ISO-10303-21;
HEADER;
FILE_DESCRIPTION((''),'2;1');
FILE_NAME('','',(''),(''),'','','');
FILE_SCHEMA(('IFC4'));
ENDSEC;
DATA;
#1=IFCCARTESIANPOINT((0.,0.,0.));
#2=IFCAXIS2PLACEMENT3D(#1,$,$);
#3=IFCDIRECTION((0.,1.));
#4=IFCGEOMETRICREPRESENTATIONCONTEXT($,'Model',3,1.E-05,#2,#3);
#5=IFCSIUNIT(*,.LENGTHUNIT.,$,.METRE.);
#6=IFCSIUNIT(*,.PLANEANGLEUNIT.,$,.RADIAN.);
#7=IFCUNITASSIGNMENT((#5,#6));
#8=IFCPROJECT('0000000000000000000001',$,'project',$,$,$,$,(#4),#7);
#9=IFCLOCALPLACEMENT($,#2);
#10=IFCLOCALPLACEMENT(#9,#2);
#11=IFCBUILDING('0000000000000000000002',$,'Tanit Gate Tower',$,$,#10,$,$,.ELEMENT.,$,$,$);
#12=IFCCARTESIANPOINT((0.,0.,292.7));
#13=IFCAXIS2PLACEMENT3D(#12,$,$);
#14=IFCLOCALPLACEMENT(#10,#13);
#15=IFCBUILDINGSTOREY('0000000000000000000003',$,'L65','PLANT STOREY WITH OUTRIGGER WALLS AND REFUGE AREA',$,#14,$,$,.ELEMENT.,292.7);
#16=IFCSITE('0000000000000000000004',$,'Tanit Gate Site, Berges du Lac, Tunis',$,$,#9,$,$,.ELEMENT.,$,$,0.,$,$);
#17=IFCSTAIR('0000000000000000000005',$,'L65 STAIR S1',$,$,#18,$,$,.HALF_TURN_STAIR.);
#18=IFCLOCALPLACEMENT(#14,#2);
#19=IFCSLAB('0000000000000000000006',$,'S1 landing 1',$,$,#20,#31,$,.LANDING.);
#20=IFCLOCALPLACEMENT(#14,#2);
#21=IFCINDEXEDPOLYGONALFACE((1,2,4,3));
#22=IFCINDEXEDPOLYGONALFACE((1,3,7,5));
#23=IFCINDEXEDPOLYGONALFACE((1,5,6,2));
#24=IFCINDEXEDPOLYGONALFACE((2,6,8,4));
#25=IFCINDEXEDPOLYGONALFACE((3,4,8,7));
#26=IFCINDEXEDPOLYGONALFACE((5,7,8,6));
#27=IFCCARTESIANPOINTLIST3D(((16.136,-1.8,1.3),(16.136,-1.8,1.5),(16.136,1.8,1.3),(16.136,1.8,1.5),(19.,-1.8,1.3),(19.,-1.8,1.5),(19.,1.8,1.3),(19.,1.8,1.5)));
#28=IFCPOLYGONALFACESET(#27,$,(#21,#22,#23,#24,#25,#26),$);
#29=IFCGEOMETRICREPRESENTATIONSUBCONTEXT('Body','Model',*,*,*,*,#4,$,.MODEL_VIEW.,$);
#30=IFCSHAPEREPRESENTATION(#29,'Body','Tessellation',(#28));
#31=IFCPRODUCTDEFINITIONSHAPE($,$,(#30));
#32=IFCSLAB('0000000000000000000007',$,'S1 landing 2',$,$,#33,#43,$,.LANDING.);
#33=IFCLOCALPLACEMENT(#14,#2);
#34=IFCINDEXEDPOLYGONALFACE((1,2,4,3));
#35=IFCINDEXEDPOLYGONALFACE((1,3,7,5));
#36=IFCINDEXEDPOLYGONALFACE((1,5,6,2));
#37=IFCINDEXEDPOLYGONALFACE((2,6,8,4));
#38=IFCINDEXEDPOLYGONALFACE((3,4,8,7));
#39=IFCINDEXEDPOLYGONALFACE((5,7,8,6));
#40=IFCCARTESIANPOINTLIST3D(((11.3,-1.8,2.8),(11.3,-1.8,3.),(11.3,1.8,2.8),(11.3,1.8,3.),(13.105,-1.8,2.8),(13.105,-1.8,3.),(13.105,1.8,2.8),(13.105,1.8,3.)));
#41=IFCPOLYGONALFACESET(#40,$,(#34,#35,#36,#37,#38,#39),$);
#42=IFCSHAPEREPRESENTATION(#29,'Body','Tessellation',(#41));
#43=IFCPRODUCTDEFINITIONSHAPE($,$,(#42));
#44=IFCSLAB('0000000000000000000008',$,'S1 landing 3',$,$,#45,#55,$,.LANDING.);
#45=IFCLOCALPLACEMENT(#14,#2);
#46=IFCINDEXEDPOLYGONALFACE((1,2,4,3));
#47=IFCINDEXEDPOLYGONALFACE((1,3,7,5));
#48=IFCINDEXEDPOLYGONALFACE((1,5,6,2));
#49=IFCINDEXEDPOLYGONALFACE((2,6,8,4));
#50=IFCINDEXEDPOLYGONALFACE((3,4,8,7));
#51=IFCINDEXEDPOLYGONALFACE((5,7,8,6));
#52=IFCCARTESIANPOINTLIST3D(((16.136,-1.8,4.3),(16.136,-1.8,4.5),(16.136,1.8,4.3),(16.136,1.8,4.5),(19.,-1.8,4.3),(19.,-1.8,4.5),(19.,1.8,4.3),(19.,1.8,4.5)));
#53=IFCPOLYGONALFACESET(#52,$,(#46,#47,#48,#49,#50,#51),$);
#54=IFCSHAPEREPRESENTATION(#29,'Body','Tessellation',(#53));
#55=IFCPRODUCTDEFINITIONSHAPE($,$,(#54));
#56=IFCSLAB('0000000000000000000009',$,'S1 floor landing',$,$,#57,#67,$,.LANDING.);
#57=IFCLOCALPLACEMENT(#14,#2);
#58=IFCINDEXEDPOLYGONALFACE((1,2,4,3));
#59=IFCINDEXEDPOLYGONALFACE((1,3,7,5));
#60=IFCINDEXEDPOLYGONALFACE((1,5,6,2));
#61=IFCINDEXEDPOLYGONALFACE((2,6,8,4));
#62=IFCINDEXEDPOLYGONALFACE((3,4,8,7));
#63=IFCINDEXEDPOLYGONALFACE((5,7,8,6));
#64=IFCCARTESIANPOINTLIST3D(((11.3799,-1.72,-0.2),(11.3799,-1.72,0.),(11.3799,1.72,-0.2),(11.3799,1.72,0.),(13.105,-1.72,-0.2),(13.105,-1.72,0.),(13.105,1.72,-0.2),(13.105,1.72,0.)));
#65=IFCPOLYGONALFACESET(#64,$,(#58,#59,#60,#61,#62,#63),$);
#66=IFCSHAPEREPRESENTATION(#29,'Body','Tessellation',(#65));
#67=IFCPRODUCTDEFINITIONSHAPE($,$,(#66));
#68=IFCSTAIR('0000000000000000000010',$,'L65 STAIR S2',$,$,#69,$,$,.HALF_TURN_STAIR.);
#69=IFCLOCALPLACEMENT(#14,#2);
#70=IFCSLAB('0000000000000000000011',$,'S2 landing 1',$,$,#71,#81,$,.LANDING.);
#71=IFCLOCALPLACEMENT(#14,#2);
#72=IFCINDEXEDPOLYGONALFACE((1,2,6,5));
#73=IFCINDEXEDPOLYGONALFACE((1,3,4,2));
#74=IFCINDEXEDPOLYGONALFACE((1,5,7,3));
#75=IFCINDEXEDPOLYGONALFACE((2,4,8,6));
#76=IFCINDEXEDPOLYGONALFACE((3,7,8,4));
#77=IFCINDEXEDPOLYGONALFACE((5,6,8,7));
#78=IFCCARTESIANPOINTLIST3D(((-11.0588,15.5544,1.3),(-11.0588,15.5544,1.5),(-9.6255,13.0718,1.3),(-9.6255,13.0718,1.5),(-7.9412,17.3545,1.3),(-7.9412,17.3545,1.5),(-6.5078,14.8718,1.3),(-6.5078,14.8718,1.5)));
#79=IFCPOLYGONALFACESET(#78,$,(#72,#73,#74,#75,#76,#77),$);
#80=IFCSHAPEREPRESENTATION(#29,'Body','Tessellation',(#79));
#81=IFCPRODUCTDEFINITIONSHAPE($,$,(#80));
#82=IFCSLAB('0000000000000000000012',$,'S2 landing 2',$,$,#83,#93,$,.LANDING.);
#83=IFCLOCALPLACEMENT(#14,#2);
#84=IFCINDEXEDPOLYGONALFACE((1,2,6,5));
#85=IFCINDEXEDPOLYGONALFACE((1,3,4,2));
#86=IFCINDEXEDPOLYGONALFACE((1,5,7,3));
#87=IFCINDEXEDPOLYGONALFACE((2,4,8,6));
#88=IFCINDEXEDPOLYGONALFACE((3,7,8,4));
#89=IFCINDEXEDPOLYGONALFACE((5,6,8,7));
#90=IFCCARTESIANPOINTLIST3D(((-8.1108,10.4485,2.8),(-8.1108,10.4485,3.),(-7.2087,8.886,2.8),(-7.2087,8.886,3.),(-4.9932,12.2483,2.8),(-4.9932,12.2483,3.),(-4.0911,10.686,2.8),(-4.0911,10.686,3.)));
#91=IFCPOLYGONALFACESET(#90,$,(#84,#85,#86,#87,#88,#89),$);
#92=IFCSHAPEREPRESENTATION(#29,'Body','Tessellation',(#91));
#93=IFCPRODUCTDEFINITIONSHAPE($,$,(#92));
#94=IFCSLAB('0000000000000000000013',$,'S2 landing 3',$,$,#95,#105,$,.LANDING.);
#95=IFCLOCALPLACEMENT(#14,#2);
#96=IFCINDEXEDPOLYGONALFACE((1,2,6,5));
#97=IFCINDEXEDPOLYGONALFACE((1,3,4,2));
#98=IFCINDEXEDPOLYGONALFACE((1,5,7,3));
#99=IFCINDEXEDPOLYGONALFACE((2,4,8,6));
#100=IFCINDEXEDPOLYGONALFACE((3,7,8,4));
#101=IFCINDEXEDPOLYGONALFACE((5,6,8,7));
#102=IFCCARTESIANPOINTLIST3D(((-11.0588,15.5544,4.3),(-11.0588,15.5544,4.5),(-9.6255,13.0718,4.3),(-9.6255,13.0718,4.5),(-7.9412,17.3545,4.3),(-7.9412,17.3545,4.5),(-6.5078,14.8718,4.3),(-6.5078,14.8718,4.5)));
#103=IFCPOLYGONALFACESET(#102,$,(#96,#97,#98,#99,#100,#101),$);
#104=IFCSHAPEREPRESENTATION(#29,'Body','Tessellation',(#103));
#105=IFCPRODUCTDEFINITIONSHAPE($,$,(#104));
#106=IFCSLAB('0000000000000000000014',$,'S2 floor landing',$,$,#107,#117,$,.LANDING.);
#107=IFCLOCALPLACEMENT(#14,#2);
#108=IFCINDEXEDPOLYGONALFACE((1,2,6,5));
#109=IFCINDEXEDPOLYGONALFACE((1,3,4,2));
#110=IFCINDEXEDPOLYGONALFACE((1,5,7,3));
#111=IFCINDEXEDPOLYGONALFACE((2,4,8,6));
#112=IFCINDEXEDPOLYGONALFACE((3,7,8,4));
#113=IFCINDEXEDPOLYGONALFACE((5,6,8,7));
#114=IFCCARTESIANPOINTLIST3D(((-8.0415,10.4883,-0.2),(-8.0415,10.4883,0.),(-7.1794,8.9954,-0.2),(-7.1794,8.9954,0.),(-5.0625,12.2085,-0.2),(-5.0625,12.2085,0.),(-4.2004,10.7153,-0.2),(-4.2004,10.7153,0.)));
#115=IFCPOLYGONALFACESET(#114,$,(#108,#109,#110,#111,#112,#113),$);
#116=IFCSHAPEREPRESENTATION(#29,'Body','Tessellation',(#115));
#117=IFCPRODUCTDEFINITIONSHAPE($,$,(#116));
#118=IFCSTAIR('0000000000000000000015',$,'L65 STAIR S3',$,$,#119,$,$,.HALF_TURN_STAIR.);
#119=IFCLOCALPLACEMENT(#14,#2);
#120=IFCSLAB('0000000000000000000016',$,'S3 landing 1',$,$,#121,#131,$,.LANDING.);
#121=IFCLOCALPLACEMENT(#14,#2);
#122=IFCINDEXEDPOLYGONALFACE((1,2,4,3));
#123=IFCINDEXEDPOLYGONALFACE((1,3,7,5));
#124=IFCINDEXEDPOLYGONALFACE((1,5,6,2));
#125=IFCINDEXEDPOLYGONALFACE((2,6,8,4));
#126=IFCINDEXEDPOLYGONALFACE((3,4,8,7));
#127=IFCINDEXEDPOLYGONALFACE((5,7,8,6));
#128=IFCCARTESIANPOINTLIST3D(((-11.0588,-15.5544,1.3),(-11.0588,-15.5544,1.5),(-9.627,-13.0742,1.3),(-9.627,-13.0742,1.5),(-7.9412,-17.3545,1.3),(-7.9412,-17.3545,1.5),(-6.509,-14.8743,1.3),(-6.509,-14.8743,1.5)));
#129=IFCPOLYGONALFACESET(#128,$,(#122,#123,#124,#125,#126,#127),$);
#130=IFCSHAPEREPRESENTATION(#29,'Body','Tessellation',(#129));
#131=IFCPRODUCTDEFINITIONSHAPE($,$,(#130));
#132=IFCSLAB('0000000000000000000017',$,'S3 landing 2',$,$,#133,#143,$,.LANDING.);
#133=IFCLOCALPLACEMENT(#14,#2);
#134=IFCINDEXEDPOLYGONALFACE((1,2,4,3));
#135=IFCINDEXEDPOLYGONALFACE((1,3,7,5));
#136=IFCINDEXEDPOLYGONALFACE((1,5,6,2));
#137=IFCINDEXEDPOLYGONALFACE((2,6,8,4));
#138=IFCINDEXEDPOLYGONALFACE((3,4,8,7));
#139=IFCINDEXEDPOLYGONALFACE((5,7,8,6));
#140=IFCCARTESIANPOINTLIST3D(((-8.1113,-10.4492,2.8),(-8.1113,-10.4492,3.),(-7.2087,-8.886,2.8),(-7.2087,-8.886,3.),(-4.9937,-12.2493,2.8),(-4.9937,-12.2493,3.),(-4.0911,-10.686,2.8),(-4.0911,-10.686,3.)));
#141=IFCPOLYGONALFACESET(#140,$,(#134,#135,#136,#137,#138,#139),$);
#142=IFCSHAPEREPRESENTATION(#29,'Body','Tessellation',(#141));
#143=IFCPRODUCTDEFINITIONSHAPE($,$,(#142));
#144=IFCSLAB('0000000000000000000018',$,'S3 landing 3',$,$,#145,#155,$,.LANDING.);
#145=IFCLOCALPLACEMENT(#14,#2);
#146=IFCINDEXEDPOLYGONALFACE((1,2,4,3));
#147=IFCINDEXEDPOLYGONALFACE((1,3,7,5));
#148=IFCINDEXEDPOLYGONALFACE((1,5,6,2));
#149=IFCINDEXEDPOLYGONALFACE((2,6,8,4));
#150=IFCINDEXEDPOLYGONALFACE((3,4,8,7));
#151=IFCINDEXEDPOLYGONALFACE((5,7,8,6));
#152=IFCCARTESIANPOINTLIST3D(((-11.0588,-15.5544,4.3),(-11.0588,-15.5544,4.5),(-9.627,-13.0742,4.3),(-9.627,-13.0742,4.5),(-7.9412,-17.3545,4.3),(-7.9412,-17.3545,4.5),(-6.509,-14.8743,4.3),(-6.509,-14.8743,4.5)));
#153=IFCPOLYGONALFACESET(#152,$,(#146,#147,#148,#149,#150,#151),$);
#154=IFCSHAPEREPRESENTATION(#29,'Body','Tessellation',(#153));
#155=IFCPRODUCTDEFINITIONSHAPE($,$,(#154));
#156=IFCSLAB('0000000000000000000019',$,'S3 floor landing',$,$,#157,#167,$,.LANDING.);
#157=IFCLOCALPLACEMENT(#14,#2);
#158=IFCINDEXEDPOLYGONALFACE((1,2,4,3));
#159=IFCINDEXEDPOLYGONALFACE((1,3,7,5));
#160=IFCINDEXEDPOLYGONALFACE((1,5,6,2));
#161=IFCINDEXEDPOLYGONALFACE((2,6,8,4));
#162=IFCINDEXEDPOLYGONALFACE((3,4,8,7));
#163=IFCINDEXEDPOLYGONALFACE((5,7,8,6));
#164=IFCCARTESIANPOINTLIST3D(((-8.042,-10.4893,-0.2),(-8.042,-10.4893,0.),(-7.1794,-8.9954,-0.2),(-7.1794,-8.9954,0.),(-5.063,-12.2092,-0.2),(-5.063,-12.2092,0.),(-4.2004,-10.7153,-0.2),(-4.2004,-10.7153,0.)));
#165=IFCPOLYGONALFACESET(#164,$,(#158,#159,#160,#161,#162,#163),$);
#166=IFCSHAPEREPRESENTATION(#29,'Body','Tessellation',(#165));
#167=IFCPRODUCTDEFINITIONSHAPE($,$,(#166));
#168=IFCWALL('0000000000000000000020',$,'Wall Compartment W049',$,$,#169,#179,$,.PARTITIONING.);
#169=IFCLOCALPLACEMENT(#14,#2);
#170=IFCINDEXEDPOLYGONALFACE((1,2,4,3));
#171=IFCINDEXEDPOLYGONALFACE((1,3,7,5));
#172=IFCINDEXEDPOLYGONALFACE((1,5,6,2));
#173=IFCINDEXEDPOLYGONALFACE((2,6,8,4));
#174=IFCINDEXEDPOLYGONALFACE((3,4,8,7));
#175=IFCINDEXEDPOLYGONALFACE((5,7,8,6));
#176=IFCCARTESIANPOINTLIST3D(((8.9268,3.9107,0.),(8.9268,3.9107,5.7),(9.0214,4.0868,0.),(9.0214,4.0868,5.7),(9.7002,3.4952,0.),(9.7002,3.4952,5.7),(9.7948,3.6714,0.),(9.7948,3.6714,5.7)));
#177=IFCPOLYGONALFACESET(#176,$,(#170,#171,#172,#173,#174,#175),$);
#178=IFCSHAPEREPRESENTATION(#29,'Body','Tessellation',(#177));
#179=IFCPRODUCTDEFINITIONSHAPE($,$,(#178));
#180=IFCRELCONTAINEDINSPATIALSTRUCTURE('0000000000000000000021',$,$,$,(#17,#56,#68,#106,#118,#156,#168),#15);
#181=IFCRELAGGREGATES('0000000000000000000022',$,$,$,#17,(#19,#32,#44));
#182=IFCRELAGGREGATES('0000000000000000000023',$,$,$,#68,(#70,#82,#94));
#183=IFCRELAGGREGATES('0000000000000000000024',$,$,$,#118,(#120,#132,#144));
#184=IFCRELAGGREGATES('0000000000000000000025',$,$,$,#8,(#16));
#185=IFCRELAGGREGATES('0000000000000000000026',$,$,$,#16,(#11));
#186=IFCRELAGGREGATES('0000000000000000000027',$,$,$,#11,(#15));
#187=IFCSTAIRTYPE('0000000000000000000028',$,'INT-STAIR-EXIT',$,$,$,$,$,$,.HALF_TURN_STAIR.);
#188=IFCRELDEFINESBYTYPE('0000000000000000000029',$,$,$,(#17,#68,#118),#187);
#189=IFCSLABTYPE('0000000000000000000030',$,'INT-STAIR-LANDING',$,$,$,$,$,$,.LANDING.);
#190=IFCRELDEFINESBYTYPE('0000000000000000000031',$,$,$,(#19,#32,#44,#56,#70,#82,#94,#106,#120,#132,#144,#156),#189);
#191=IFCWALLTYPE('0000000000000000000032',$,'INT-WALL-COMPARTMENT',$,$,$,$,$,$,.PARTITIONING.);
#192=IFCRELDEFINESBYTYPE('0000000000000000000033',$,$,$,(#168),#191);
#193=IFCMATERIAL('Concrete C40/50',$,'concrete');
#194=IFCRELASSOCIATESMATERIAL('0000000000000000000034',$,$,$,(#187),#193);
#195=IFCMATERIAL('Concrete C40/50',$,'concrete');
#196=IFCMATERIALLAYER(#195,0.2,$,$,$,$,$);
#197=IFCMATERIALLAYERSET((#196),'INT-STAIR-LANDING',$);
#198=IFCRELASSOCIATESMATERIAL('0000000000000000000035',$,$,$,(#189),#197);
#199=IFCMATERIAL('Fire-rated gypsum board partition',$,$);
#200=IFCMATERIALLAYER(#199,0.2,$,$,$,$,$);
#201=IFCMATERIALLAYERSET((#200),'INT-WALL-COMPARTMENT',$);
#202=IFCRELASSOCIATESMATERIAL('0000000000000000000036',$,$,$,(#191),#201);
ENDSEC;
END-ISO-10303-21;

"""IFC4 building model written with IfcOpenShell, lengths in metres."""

from ifc_helpers import new_model, si_unit, direction, frame, frame_2d, origin, place, context, subcontext, project, spatial, polyline, rectangle, outline, extrude, material, layer, layer_set, type_object, element, aggregate, save


model = new_model("IFC4")

# Units and contexts
model_context = context("Model", 3, precision=1e-05, world=origin(), true_north=direction((0.0, 1.0)))
body_context = subcontext(model_context, "Body", "Model", "MODEL_VIEW")
ifc_project = project(units=[si_unit("LENGTHUNIT", "METRE"), si_unit("PLANEANGLEUNIT", "RADIAN")], contexts=[model_context])

# Site, building, storey
site_placement = place(None, origin())
site = spatial("IfcSite", under=ifc_project, at=site_placement, Name="Tanit Gate Site, Berges du Lac, Tunis", CompositionType="ELEMENT", RefElevation=0.0)
building_placement = place(site_placement, origin())
building = spatial("IfcBuilding", under=site, at=building_placement, Name="Tanit Gate Tower", CompositionType="ELEMENT")
storey_placement = place(building_placement, frame((0.0, 0.0, 292.7)))
storey = spatial("IfcBuildingStorey", under=building, at=storey_placement, Name="L65", Description="PLANT STOREY WITH OUTRIGGER WALLS AND REFUGE AREA", CompositionType="ELEMENT", Elevation=292.7)

# Stair, slabs
ifc_material_1 = material(Name="Concrete C40/50", Category="concrete")
stair_type = type_object("IfcStairType", Name="INT-STAIR-EXIT", PredefinedType="HALF_TURN_STAIR", material=ifc_material_1)
stair_1_placement = place(storey_placement, origin())
stair_1 = element("IfcStair", 1, at=stair_1_placement, inside=storey, type_object=stair_type, Name="L65 STAIR S1", PredefinedType="HALF_TURN_STAIR")
ifc_material_2 = material(Name="Concrete C40/50", Category="concrete")
ifc_layer_1 = layer(ifc_material_2, 0.2)
ifc_layer_set_1 = layer_set([ifc_layer_1], Name="INT-STAIR-LANDING")
slab_type = type_object("IfcSlabType", Name="INT-STAIR-LANDING", PredefinedType="LANDING", material=ifc_layer_set_1)
slab_1_placement = place(storey_placement, frame((0.0, 0.0, 1.3)))
slab_1 = element("IfcSlab", 2, at=slab_1_placement, type_object=slab_type, Name="S1 landing 1", PredefinedType="LANDING", context=body_context, shape_type="SweptSolid", body=[
    extrude(outline(polyline([(16.136, -1.8), (19.0, -1.8), (19.0, 1.8), (16.136, 1.8), (16.136, -1.8)])), origin(), (0.0, 0.0, 1.0), 0.2),
])
slab_2_placement = place(storey_placement, frame((0.0, 0.0, 2.8)))
slab_2 = element("IfcSlab", 3, at=slab_2_placement, type_object=slab_type, Name="S1 landing 2", PredefinedType="LANDING", context=body_context, shape_type="SweptSolid", body=[
    extrude(outline(polyline([(11.3, -1.8), (13.105, -1.8), (13.105, 1.8), (11.3, 1.8), (11.3, -1.8)])), origin(), (0.0, 0.0, 1.0), 0.2),
])
slab_3_placement = place(storey_placement, frame((0.0, 0.0, 4.3)))
slab_3 = element("IfcSlab", 4, at=slab_3_placement, type_object=slab_type, Name="S1 landing 3", PredefinedType="LANDING", context=body_context, shape_type="SweptSolid", body=[
    extrude(outline(polyline([(16.136, -1.8), (19.0, -1.8), (19.0, 1.8), (16.136, 1.8), (16.136, -1.8)])), origin(), (0.0, 0.0, 1.0), 0.2),
])
aggregate(stair_1, [slab_1, slab_2, slab_3])

# Slab
slab_4_placement = place(storey_placement, frame((0.0, 0.0, -0.2)))
element("IfcSlab", 5, at=slab_4_placement, inside=storey, type_object=slab_type, Name="S1 floor landing", PredefinedType="LANDING", context=body_context, shape_type="SweptSolid", body=[
    extrude(outline(polyline([(11.3799, -1.72), (13.105, -1.72), (13.105, 1.72), (11.3799, 1.72), (11.3799, -1.72)])), origin(), (0.0, 0.0, 1.0), 0.2),
])

# Stair, slabs
stair_2_placement = place(storey_placement, origin())
stair_2 = element("IfcStair", 6, at=stair_2_placement, inside=storey, type_object=stair_type, Name="L65 STAIR S2", PredefinedType="HALF_TURN_STAIR")
slab_5_placement = place(storey_placement, frame((0.0, 0.0, 1.3)))
slab_5 = element("IfcSlab", 7, at=slab_5_placement, type_object=slab_type, Name="S2 landing 1", PredefinedType="LANDING", context=body_context, shape_type="SweptSolid", body=[
    extrude(outline(polyline([(-6.5078, 14.8718), (-7.9412, 17.3545), (-11.0588, 15.5544), (-9.6255, 13.0718), (-6.5078, 14.8718)])), origin(), (0.0, 0.0, 1.0), 0.2),
])
slab_6_placement = place(storey_placement, frame((0.0, 0.0, 2.8)))
slab_6 = element("IfcSlab", 8, at=slab_6_placement, type_object=slab_type, Name="S2 landing 2", PredefinedType="LANDING", context=body_context, shape_type="SweptSolid", body=[
    extrude(outline(polyline([(-4.0911, 10.686), (-4.9932, 12.2483), (-8.1108, 10.4485), (-7.2087, 8.886), (-4.0911, 10.686)])), origin(), (0.0, 0.0, 1.0), 0.2),
])
slab_7_placement = place(storey_placement, frame((0.0, 0.0, 4.3)))
slab_7 = element("IfcSlab", 9, at=slab_7_placement, type_object=slab_type, Name="S2 landing 3", PredefinedType="LANDING", context=body_context, shape_type="SweptSolid", body=[
    extrude(outline(polyline([(-6.5078, 14.8718), (-7.9412, 17.3545), (-11.0588, 15.5544), (-9.6255, 13.0718), (-6.5078, 14.8718)])), origin(), (0.0, 0.0, 1.0), 0.2),
])
aggregate(stair_2, [slab_5, slab_6, slab_7])

# Slab
slab_8_placement = place(storey_placement, frame((0.0, 0.0, -0.2)))
element("IfcSlab", 10, at=slab_8_placement, inside=storey, type_object=slab_type, Name="S2 floor landing", PredefinedType="LANDING", context=body_context, shape_type="SweptSolid", body=[
    extrude(outline(polyline([(-4.2004, 10.7153), (-5.0625, 12.2085), (-8.0415, 10.4883), (-7.1794, 8.9954), (-4.2004, 10.7153)])), origin(), (0.0, 0.0, 1.0), 0.2),
])

# Stair, slabs
stair_3_placement = place(storey_placement, origin())
stair_3 = element("IfcStair", 11, at=stair_3_placement, inside=storey, type_object=stair_type, Name="L65 STAIR S3", PredefinedType="HALF_TURN_STAIR")
slab_9_placement = place(storey_placement, frame((0.0, 0.0, 1.3)))
slab_9 = element("IfcSlab", 12, at=slab_9_placement, type_object=slab_type, Name="S3 landing 1", PredefinedType="LANDING", context=body_context, shape_type="SweptSolid", body=[
    extrude(outline(polyline([(-9.627, -13.0742), (-11.0588, -15.5544), (-7.9412, -17.3545), (-6.509, -14.8743), (-9.627, -13.0742)])), origin(), (0.0, 0.0, 1.0), 0.2),
])
slab_10_placement = place(storey_placement, frame((0.0, 0.0, 2.8)))
slab_10 = element("IfcSlab", 13, at=slab_10_placement, type_object=slab_type, Name="S3 landing 2", PredefinedType="LANDING", context=body_context, shape_type="SweptSolid", body=[
    extrude(outline(polyline([(-7.2087, -8.886), (-8.1113, -10.4492), (-4.9937, -12.2493), (-4.0911, -10.686), (-7.2087, -8.886)])), origin(), (0.0, 0.0, 1.0), 0.2),
])
slab_11_placement = place(storey_placement, frame((0.0, 0.0, 4.3)))
slab_11 = element("IfcSlab", 14, at=slab_11_placement, type_object=slab_type, Name="S3 landing 3", PredefinedType="LANDING", context=body_context, shape_type="SweptSolid", body=[
    extrude(outline(polyline([(-9.627, -13.0742), (-11.0588, -15.5544), (-7.9412, -17.3545), (-6.509, -14.8743), (-9.627, -13.0742)])), origin(), (0.0, 0.0, 1.0), 0.2),
])
aggregate(stair_3, [slab_9, slab_10, slab_11])

# Slab
slab_12_placement = place(storey_placement, frame((0.0, 0.0, -0.2)))
element("IfcSlab", 15, at=slab_12_placement, inside=storey, type_object=slab_type, Name="S3 floor landing", PredefinedType="LANDING", context=body_context, shape_type="SweptSolid", body=[
    extrude(outline(polyline([(-7.1794, -8.9954), (-8.042, -10.4893), (-5.063, -12.2092), (-4.2004, -10.7153), (-7.1794, -8.9954)])), origin(), (0.0, 0.0, 1.0), 0.2),
])

# Wall
ifc_material_3 = material(Name="Fire-rated gypsum board partition")
ifc_layer_2 = layer(ifc_material_3, 0.2)
ifc_layer_set_2 = layer_set([ifc_layer_2], Name="INT-WALL-COMPARTMENT")
wall_type_1 = type_object("IfcWallType", Name="INT-WALL-COMPARTMENT", PredefinedType="PARTITIONING", material=ifc_layer_set_2)
wall_1_placement = place(storey_placement, frame((8.9741, 3.9988, 0.0), z_axis=(0.0, 0.0, 1.0), x_axis=(0.880917, -0.473271, 0.0)))
element("IfcWall", 16, at=wall_1_placement, inside=storey, type_object=wall_type_1, Name="Wall Compartment W049", PredefinedType="PARTITIONING", context=body_context, shape_type="SweptSolid", body=[
    extrude(rectangle(XDim=0.8779, YDim=0.2, at=frame_2d((0.439, 0.0))), origin(), (0.0, 0.0, 1.0), 5.7),
])

save(model, "model.ifc")
